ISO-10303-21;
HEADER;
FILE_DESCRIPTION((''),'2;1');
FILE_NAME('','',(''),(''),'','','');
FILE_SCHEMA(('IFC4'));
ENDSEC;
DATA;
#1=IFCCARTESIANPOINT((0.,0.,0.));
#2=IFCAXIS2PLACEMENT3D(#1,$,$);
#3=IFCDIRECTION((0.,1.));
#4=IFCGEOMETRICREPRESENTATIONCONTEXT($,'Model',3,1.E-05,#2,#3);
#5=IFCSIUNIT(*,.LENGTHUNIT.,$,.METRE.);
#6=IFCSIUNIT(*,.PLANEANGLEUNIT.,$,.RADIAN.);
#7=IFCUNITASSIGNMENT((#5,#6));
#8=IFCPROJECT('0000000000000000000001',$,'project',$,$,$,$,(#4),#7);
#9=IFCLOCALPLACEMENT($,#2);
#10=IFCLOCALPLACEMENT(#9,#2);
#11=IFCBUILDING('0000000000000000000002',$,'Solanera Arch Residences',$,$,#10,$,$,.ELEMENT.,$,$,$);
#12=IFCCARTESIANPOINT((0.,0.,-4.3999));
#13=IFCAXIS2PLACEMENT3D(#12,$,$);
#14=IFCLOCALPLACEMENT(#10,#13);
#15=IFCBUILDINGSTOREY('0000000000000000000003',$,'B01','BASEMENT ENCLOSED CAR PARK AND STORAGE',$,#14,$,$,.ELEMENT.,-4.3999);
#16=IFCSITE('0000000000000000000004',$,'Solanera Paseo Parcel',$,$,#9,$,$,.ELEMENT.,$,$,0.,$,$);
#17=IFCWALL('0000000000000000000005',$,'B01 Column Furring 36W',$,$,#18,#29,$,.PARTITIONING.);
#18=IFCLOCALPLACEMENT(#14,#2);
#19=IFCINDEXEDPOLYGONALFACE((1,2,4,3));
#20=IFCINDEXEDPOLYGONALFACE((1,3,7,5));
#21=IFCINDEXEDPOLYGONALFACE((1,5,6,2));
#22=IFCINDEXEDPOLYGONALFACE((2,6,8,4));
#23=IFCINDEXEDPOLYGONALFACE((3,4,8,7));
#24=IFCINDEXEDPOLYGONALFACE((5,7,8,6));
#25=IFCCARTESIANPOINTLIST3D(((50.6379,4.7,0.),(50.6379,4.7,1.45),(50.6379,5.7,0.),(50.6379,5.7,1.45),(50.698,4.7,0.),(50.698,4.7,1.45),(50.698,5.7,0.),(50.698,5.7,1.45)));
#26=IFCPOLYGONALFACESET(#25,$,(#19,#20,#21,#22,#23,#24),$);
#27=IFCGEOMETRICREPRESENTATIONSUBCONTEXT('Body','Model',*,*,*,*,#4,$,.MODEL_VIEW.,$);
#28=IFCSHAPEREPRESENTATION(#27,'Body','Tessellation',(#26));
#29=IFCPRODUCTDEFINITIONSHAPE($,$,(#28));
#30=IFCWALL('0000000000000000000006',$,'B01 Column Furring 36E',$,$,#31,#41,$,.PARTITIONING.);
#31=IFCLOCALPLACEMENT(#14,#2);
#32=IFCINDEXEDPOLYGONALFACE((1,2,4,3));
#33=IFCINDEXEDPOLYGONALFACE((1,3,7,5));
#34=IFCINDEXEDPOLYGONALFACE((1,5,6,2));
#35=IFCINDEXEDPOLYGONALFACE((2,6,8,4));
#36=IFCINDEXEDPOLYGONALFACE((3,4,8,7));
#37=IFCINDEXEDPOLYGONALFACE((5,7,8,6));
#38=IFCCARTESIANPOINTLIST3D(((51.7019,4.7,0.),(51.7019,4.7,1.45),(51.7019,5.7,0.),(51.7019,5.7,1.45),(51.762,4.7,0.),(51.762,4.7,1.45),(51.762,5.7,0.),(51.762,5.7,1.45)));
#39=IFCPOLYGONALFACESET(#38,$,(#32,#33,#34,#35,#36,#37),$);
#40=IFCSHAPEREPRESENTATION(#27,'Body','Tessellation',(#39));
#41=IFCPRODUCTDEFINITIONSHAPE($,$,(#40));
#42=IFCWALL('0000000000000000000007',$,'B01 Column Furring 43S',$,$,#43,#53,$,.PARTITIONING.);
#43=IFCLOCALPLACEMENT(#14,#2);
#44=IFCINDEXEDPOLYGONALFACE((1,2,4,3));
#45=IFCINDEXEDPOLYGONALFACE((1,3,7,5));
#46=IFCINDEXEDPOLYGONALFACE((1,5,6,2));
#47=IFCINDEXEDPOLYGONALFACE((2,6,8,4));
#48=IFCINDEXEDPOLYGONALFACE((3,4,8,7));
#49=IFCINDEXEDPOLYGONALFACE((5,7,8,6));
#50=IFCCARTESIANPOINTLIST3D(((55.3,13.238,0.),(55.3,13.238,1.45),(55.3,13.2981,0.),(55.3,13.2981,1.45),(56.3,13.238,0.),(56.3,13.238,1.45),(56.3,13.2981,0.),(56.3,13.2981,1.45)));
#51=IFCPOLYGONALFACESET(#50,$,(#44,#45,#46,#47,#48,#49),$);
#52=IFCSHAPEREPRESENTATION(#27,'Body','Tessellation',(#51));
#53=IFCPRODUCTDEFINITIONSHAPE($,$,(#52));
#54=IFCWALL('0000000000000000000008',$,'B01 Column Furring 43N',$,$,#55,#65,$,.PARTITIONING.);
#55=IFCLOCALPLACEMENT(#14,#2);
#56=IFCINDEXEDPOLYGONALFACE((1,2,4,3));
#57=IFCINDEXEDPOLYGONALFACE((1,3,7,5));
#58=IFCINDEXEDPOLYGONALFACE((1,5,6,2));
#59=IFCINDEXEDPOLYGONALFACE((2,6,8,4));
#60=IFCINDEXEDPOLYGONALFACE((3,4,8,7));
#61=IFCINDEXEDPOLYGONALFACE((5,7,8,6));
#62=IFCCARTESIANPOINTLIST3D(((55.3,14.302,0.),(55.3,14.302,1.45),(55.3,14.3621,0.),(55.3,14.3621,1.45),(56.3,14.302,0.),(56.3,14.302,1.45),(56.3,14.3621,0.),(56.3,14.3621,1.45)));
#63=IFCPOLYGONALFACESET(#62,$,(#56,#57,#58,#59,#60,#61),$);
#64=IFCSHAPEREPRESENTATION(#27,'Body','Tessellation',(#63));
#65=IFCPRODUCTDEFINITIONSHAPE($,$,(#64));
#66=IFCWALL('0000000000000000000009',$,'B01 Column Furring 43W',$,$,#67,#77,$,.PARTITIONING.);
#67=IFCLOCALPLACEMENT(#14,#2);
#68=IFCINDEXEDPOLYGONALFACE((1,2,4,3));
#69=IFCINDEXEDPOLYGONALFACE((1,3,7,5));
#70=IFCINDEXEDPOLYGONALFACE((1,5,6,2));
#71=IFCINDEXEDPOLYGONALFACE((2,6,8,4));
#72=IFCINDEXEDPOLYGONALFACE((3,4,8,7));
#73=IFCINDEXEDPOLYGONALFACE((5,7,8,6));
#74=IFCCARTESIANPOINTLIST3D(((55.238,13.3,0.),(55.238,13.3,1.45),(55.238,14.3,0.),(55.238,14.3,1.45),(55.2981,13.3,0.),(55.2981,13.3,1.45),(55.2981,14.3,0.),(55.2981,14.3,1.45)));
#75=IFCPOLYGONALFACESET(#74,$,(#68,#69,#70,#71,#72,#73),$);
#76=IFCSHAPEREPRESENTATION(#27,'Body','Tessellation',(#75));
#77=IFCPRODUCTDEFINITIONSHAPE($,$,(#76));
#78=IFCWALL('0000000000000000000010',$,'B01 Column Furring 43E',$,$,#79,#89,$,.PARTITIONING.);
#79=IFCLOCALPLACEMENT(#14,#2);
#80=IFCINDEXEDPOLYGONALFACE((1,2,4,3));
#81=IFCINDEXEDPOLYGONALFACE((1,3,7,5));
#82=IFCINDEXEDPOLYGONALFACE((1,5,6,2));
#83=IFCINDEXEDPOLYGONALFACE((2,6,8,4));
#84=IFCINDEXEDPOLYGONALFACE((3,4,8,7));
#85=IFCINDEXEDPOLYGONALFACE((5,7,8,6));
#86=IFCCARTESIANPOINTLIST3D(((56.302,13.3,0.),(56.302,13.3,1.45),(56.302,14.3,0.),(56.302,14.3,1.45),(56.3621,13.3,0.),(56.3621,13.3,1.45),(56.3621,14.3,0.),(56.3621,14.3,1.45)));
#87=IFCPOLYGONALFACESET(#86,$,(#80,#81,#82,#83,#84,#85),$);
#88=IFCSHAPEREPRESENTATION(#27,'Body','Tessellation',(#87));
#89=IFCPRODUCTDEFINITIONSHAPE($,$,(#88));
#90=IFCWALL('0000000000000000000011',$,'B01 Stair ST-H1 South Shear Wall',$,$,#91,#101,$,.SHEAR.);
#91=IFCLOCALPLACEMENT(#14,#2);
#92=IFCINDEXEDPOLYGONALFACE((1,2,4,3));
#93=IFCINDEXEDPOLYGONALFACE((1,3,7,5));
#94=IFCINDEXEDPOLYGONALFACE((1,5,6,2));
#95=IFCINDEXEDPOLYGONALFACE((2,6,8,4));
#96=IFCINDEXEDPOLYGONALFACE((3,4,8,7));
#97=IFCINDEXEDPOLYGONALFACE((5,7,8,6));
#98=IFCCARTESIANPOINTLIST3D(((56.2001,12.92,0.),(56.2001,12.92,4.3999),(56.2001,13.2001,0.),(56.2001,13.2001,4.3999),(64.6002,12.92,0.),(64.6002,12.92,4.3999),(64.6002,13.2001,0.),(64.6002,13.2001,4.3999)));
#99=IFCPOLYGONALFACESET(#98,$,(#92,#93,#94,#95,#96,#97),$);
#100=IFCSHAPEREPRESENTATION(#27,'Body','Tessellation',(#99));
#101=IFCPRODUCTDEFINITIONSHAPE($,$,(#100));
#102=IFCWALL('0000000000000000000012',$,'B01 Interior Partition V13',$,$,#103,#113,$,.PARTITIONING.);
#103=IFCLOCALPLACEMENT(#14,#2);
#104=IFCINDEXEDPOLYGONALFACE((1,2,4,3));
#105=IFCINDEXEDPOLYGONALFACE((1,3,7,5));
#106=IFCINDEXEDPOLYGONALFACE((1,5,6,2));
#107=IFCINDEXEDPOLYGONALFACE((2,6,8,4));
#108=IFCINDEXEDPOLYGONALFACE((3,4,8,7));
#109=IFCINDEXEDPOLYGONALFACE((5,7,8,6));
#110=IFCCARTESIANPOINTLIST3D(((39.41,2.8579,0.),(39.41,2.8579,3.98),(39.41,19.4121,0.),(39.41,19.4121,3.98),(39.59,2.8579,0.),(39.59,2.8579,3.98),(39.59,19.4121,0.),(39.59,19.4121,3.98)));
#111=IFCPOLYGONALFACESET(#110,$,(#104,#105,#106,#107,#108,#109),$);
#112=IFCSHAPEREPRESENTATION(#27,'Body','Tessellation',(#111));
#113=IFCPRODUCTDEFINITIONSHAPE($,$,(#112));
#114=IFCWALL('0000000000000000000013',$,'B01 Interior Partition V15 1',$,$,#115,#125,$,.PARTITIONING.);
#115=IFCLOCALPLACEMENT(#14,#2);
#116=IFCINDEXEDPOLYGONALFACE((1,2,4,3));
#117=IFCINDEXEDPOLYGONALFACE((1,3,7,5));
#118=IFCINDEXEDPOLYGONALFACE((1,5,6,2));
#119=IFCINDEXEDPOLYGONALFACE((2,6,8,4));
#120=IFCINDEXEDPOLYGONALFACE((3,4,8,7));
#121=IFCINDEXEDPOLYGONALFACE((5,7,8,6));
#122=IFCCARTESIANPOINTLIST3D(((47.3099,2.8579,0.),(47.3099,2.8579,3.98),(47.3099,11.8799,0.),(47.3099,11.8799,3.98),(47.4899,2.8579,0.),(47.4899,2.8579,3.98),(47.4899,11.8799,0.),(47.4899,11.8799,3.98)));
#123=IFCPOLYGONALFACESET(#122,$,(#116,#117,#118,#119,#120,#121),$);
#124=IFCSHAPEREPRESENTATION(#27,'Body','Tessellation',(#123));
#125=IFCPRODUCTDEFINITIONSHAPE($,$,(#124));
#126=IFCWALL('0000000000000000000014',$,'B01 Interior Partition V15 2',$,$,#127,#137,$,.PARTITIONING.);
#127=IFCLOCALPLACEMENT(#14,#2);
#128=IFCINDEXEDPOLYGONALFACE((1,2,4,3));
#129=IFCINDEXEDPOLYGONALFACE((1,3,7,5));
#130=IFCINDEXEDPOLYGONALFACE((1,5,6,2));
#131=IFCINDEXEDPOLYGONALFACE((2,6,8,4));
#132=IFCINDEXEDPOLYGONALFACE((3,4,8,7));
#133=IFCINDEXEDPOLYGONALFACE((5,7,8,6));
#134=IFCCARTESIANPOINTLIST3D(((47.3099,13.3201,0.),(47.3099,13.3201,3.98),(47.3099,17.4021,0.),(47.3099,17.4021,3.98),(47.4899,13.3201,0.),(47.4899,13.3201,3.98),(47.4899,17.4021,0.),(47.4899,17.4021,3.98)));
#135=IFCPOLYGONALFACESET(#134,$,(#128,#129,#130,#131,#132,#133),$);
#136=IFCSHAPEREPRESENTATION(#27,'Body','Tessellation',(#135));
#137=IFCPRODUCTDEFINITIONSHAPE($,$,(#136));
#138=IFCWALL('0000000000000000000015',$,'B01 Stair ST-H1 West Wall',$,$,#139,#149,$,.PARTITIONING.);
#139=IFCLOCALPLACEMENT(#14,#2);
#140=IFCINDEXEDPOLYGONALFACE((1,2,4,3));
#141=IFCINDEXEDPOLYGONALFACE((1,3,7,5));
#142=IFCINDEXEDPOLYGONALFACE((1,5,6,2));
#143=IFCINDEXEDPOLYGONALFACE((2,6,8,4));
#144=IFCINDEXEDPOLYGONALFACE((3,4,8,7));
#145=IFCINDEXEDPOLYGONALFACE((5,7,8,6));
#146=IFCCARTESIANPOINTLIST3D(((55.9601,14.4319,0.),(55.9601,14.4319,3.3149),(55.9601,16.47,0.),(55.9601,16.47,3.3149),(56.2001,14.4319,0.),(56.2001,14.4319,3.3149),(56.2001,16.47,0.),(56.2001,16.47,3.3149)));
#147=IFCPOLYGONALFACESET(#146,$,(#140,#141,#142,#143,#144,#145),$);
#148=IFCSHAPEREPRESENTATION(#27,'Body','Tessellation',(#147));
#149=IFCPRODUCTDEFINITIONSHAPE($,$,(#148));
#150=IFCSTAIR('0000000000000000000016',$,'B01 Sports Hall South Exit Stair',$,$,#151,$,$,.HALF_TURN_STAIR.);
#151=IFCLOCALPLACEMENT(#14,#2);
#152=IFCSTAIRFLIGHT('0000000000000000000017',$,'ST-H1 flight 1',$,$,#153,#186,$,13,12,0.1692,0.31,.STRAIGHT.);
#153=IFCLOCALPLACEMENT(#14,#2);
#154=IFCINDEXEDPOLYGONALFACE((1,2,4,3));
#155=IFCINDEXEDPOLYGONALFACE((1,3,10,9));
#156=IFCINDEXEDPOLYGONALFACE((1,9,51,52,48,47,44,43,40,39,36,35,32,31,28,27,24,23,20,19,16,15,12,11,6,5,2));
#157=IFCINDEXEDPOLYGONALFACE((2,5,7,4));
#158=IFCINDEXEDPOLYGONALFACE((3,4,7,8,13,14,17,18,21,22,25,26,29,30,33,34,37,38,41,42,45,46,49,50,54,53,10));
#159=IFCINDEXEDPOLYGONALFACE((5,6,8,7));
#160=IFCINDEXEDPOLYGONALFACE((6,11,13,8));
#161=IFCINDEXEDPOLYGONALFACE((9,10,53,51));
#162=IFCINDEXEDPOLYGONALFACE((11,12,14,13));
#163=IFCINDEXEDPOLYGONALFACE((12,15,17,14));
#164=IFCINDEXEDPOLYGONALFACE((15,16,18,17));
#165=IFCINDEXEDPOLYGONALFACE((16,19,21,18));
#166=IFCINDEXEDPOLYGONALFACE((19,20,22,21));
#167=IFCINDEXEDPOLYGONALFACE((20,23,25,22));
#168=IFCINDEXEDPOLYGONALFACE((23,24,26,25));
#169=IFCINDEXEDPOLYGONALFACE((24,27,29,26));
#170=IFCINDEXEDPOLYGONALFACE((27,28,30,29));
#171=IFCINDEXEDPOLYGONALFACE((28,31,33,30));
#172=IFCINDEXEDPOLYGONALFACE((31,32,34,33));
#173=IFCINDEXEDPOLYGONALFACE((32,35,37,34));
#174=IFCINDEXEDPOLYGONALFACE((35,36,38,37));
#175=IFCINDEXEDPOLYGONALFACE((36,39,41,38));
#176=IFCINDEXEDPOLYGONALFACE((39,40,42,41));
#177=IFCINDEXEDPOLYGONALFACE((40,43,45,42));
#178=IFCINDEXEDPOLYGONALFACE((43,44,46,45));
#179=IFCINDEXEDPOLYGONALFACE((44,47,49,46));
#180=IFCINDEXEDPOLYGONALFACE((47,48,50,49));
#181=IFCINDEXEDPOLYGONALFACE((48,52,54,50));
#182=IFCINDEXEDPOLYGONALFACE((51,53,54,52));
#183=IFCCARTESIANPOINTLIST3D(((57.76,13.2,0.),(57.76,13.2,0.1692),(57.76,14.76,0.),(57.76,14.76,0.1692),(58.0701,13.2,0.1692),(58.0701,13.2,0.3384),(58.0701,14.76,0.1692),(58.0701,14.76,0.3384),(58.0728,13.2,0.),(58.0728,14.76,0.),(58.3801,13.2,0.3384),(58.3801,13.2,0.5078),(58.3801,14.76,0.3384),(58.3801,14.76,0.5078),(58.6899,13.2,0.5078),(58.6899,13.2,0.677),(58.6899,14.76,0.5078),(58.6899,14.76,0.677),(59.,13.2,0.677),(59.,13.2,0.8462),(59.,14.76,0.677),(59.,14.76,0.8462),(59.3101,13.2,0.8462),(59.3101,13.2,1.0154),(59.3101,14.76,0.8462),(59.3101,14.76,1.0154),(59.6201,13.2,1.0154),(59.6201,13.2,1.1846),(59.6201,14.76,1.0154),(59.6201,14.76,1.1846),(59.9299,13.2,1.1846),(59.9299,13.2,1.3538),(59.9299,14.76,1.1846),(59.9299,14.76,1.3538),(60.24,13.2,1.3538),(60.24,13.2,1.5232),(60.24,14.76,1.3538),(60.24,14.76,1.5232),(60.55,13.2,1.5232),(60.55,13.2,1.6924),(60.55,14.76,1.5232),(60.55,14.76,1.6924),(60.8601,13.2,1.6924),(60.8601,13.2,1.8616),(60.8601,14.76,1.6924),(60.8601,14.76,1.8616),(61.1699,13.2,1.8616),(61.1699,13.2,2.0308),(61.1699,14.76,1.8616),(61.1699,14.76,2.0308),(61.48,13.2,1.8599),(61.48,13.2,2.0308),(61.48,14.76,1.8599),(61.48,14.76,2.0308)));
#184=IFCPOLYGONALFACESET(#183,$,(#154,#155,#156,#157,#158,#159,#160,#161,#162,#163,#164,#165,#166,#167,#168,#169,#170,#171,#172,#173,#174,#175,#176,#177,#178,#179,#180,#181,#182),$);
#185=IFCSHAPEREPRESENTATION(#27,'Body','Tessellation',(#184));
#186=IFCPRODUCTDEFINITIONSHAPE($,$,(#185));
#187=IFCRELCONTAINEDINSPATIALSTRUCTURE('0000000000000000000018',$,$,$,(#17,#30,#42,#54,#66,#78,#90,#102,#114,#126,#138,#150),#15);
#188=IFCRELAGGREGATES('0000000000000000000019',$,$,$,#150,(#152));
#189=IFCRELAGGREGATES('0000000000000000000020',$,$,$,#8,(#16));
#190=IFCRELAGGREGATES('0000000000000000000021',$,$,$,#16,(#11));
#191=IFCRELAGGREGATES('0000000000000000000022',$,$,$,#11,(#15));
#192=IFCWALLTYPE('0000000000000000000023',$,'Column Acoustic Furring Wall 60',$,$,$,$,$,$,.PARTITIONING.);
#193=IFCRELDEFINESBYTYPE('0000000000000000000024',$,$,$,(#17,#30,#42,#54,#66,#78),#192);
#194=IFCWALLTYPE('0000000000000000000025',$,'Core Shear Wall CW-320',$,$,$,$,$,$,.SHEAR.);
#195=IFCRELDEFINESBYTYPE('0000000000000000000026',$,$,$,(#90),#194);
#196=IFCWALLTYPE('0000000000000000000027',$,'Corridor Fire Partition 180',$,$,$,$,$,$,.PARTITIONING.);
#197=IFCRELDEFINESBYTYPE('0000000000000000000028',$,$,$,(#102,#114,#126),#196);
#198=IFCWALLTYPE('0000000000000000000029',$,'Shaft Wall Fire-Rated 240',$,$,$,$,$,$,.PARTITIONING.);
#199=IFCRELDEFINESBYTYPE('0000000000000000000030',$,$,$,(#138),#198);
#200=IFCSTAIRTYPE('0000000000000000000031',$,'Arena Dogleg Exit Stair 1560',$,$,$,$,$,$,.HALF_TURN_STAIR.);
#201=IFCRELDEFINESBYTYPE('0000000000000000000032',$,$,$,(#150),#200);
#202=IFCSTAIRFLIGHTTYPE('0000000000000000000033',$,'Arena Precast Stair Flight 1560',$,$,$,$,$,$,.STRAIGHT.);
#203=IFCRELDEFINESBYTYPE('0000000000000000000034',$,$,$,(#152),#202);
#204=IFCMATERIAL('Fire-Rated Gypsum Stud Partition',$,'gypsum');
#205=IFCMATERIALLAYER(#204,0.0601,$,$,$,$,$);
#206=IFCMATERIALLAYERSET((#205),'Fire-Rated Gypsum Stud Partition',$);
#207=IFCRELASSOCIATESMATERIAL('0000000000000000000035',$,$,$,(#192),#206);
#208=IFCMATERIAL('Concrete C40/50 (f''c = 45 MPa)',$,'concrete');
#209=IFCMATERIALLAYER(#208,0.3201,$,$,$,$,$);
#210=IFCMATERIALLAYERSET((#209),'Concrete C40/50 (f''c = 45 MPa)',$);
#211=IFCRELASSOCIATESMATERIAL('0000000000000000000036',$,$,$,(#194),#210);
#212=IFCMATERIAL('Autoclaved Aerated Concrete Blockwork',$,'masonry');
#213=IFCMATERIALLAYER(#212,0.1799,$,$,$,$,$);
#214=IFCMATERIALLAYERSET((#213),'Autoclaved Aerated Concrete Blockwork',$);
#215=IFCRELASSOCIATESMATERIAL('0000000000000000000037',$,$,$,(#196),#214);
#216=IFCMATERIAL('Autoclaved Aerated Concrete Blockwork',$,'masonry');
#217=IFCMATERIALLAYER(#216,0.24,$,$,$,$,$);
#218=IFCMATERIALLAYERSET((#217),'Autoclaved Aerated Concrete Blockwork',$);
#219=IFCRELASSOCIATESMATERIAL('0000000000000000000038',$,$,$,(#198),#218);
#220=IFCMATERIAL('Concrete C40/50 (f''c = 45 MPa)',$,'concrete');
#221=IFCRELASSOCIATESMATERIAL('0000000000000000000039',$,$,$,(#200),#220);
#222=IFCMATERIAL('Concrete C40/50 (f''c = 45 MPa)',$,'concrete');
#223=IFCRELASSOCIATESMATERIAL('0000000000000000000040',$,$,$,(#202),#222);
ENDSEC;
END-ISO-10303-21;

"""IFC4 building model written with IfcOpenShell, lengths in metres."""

from ifc_helpers import new_model, si_unit, direction, frame, frame_2d, origin, place, context, subcontext, project, spatial, polyline, rectangle, outline, extrude, material, layer, layer_set, type_object, element, aggregate, save


model = new_model("IFC4")

# Units and contexts
model_context = context("Model", 3, precision=1e-05, world=origin(), true_north=direction((0.0, 1.0)))
body_context = subcontext(model_context, "Body", "Model", "MODEL_VIEW")
ifc_project = project(units=[si_unit("LENGTHUNIT", "METRE"), si_unit("PLANEANGLEUNIT", "RADIAN")], contexts=[model_context])

# Site, building, storey
site_placement = place(None, origin())
site = spatial("IfcSite", under=ifc_project, at=site_placement, Name="Solanera Paseo Parcel", CompositionType="ELEMENT", RefElevation=0.0)
building_placement = place(site_placement, origin())
building = spatial("IfcBuilding", under=site, at=building_placement, Name="Solanera Arch Residences", CompositionType="ELEMENT")
storey_placement = place(building_placement, frame((0.0, 0.0, -4.3999)))
storey = spatial("IfcBuildingStorey", under=building, at=storey_placement, Name="B01", Description="BASEMENT ENCLOSED CAR PARK AND STORAGE", CompositionType="ELEMENT", Elevation=-4.3999)

# Walls
ifc_material_1 = material(Name="Fire-Rated Gypsum Stud Partition", Category="gypsum")
ifc_layer_1 = layer(ifc_material_1, 0.0601)
ifc_layer_set_1 = layer_set([ifc_layer_1], Name="Fire-Rated Gypsum Stud Partition")
wall_type_1 = type_object("IfcWallType", Name="Column Acoustic Furring Wall 60", PredefinedType="PARTITIONING", material=ifc_layer_set_1)
for number, where, z_axis, x_axis, name in (
    (1, (50.668, 4.7, 0.0), (0.0, 0.0, 1.0), (0.0, 1.0, 0.0), "B01 Column Furring 36W"),
    (2, (51.7319, 4.7, 0.0), (0.0, 0.0, 1.0), (0.0, 1.0, 0.0), "B01 Column Furring 36E"),
    (3, (55.3, 13.2681, 0.0), (0.0, 0.0, 1.0), (1.0, 0.0, 0.0), "B01 Column Furring 43S"),
    (4, (55.3, 14.332, 0.0), (0.0, 0.0, 1.0), (1.0, 0.0, 0.0), "B01 Column Furring 43N"),
    (5, (55.2681, 13.3, 0.0), (0.0, 0.0, 1.0), (0.0, 1.0, 0.0), "B01 Column Furring 43W"),
    (6, (56.332, 13.3, 0.0), (0.0, 0.0, 1.0), (0.0, 1.0, 0.0), "B01 Column Furring 43E"),
):
    element("IfcWall", number, at=place(storey_placement, frame(where, z_axis=z_axis, x_axis=x_axis)), inside=storey, type_object=wall_type_1, Name=name, PredefinedType="PARTITIONING", context=body_context, shape_type="SweptSolid", body=[
        extrude(rectangle(XDim=1.0, YDim=0.0601, at=frame_2d((0.5, 0.0))), origin(), (0.0, 0.0, 1.0), 1.45),
    ])
ifc_material_2 = material(Name="Concrete C40/50 (f'c = 45 MPa)", Category="concrete")
ifc_layer_2 = layer(ifc_material_2, 0.3201)
ifc_layer_set_2 = layer_set([ifc_layer_2], Name="Concrete C40/50 (f'c = 45 MPa)")
wall_type_2 = type_object("IfcWallType", Name="Core Shear Wall CW-320", PredefinedType="SHEAR", material=ifc_layer_set_2)
wall_1_placement = place(storey_placement, frame((56.2, 13.0601, 0.0), z_axis=(0.0, 0.0, 1.0), x_axis=(1.0, 0.0, 0.0)))
element("IfcWall", 7, at=wall_1_placement, inside=storey, type_object=wall_type_2, Name="B01 Stair ST-H1 South Shear Wall", PredefinedType="SHEAR", context=body_context, shape_type="SweptSolid", body=[
    extrude(rectangle(XDim=8.4001, YDim=0.28, at=frame_2d((4.2002, 0.0))), origin(), (0.0, 0.0, 1.0), 4.3999),
])
ifc_material_3 = material(Name="Autoclaved Aerated Concrete Blockwork", Category="masonry")
ifc_layer_3 = layer(ifc_material_3, 0.1799)
ifc_layer_set_3 = layer_set([ifc_layer_3], Name="Autoclaved Aerated Concrete Blockwork")
wall_type_3 = type_object("IfcWallType", Name="Corridor Fire Partition 180", PredefinedType="PARTITIONING", material=ifc_layer_set_3)
wall_2_placement = place(storey_placement, frame((39.5, 2.8579, 0.0), z_axis=(0.0, 0.0, 1.0), x_axis=(0.0, 1.0, 0.0)))
element("IfcWall", 8, at=wall_2_placement, inside=storey, type_object=wall_type_3, Name="B01 Interior Partition V13", PredefinedType="PARTITIONING", context=body_context, shape_type="SweptSolid", body=[
    extrude(rectangle(XDim=16.5542, YDim=0.1799, at=frame_2d((8.2771, 0.0))), origin(), (0.0, 0.0, 1.0), 3.98),
])
wall_3_placement = place(storey_placement, frame((47.3999, 2.8579, 0.0), z_axis=(0.0, 0.0, 1.0), x_axis=(0.0, 1.0, 0.0)))
element("IfcWall", 9, at=wall_3_placement, inside=storey, type_object=wall_type_3, Name="B01 Interior Partition V15 1", PredefinedType="PARTITIONING", context=body_context, shape_type="SweptSolid", body=[
    extrude(rectangle(XDim=9.022, YDim=0.1799, at=frame_2d((4.511, 0.0))), origin(), (0.0, 0.0, 1.0), 3.98),
])
wall_4_placement = place(storey_placement, frame((47.3999, 13.3201, 0.0), z_axis=(0.0, 0.0, 1.0), x_axis=(0.0, 1.0, 0.0)))
element("IfcWall", 10, at=wall_4_placement, inside=storey, type_object=wall_type_3, Name="B01 Interior Partition V15 2", PredefinedType="PARTITIONING", context=body_context, shape_type="SweptSolid", body=[
    extrude(rectangle(XDim=4.082, YDim=0.1799, at=frame_2d((2.041, 0.0))), origin(), (0.0, 0.0, 1.0), 3.98),
])
ifc_material_4 = material(Name="Autoclaved Aerated Concrete Blockwork", Category="masonry")
ifc_layer_4 = layer(ifc_material_4, 0.24)
ifc_layer_set_4 = layer_set([ifc_layer_4], Name="Autoclaved Aerated Concrete Blockwork")
wall_type_4 = type_object("IfcWallType", Name="Shaft Wall Fire-Rated 240", PredefinedType="PARTITIONING", material=ifc_layer_set_4)
wall_5_placement = place(storey_placement, frame((56.0801, 14.4319, 0.0), z_axis=(0.0, 0.0, 1.0), x_axis=(0.0, 1.0, 0.0)))
element("IfcWall", 11, at=wall_5_placement, inside=storey, type_object=wall_type_4, Name="B01 Stair ST-H1 West Wall", PredefinedType="PARTITIONING", context=body_context, shape_type="SweptSolid", body=[
    extrude(rectangle(XDim=2.0381, YDim=0.24, at=frame_2d((1.019, 0.0))), origin(), (0.0, 0.0, 1.0), 3.3149),
])

# Stair, stair flight
ifc_material_5 = material(Name="Concrete C40/50 (f'c = 45 MPa)", Category="concrete")
stair_type = type_object("IfcStairType", Name="Arena Dogleg Exit Stair 1560", PredefinedType="HALF_TURN_STAIR", material=ifc_material_5)
stair_placement = place(storey_placement, origin())
stair = element("IfcStair", 12, at=stair_placement, inside=storey, type_object=stair_type, Name="B01 Sports Hall South Exit Stair", PredefinedType="HALF_TURN_STAIR")
ifc_material_6 = material(Name="Concrete C40/50 (f'c = 45 MPa)", Category="concrete")
stair_flight_type = type_object("IfcStairFlightType", Name="Arena Precast Stair Flight 1560", PredefinedType="STRAIGHT", material=ifc_material_6)
stair_flight_placement = place(storey_placement, frame((57.76, 13.98, 0.0), z_axis=(0.0, 0.0, 1.0), x_axis=(1.0, 0.0, 0.0)))
stair_flight = element("IfcStairFlight", 13, at=stair_flight_placement, type_object=stair_flight_type, Name="ST-H1 flight 1", NumberOfRisers=13, NumberOfTreads=12, PredefinedType="STRAIGHT", RiserHeight=0.1692, TreadLength=0.31, context=body_context, shape_type="SweptSolid", body=[
    extrude(outline(polyline([(0.0, 0.0), (0.0, 0.1692), (0.3101, 0.1692), (0.3101, 0.3384), (0.6201, 0.3384), (0.6201, 0.5078), (0.9299, 0.5078), (0.9299, 0.677), (1.24, 0.677), (1.24, 0.8462), (1.55, 0.8462), (1.55, 1.0154), (1.8601, 1.0154), (1.8601, 1.1846), (2.1699, 1.1846), (2.1699, 1.3538), (2.48, 1.3538), (2.48, 1.5232), (2.79, 1.5232), (2.79, 1.6924), (3.1001, 1.6924), (3.1001, 1.8616), (3.4099, 1.8616), (3.4099, 2.0308), (3.72, 2.0308), (3.72, 2.2), (3.72, 1.8599), (0.3127, 0.0), (0.0, 0.0)])), frame((0.0, 0.78, 0.0), z_axis=(0.0, -1.0, 0.0), x_axis=(1.0, 0.0, 0.0)), (0.0, 0.0, 1.0), 1.5601),
])
aggregate(stair, [stair_flight])

save(model, "model.ifc")
